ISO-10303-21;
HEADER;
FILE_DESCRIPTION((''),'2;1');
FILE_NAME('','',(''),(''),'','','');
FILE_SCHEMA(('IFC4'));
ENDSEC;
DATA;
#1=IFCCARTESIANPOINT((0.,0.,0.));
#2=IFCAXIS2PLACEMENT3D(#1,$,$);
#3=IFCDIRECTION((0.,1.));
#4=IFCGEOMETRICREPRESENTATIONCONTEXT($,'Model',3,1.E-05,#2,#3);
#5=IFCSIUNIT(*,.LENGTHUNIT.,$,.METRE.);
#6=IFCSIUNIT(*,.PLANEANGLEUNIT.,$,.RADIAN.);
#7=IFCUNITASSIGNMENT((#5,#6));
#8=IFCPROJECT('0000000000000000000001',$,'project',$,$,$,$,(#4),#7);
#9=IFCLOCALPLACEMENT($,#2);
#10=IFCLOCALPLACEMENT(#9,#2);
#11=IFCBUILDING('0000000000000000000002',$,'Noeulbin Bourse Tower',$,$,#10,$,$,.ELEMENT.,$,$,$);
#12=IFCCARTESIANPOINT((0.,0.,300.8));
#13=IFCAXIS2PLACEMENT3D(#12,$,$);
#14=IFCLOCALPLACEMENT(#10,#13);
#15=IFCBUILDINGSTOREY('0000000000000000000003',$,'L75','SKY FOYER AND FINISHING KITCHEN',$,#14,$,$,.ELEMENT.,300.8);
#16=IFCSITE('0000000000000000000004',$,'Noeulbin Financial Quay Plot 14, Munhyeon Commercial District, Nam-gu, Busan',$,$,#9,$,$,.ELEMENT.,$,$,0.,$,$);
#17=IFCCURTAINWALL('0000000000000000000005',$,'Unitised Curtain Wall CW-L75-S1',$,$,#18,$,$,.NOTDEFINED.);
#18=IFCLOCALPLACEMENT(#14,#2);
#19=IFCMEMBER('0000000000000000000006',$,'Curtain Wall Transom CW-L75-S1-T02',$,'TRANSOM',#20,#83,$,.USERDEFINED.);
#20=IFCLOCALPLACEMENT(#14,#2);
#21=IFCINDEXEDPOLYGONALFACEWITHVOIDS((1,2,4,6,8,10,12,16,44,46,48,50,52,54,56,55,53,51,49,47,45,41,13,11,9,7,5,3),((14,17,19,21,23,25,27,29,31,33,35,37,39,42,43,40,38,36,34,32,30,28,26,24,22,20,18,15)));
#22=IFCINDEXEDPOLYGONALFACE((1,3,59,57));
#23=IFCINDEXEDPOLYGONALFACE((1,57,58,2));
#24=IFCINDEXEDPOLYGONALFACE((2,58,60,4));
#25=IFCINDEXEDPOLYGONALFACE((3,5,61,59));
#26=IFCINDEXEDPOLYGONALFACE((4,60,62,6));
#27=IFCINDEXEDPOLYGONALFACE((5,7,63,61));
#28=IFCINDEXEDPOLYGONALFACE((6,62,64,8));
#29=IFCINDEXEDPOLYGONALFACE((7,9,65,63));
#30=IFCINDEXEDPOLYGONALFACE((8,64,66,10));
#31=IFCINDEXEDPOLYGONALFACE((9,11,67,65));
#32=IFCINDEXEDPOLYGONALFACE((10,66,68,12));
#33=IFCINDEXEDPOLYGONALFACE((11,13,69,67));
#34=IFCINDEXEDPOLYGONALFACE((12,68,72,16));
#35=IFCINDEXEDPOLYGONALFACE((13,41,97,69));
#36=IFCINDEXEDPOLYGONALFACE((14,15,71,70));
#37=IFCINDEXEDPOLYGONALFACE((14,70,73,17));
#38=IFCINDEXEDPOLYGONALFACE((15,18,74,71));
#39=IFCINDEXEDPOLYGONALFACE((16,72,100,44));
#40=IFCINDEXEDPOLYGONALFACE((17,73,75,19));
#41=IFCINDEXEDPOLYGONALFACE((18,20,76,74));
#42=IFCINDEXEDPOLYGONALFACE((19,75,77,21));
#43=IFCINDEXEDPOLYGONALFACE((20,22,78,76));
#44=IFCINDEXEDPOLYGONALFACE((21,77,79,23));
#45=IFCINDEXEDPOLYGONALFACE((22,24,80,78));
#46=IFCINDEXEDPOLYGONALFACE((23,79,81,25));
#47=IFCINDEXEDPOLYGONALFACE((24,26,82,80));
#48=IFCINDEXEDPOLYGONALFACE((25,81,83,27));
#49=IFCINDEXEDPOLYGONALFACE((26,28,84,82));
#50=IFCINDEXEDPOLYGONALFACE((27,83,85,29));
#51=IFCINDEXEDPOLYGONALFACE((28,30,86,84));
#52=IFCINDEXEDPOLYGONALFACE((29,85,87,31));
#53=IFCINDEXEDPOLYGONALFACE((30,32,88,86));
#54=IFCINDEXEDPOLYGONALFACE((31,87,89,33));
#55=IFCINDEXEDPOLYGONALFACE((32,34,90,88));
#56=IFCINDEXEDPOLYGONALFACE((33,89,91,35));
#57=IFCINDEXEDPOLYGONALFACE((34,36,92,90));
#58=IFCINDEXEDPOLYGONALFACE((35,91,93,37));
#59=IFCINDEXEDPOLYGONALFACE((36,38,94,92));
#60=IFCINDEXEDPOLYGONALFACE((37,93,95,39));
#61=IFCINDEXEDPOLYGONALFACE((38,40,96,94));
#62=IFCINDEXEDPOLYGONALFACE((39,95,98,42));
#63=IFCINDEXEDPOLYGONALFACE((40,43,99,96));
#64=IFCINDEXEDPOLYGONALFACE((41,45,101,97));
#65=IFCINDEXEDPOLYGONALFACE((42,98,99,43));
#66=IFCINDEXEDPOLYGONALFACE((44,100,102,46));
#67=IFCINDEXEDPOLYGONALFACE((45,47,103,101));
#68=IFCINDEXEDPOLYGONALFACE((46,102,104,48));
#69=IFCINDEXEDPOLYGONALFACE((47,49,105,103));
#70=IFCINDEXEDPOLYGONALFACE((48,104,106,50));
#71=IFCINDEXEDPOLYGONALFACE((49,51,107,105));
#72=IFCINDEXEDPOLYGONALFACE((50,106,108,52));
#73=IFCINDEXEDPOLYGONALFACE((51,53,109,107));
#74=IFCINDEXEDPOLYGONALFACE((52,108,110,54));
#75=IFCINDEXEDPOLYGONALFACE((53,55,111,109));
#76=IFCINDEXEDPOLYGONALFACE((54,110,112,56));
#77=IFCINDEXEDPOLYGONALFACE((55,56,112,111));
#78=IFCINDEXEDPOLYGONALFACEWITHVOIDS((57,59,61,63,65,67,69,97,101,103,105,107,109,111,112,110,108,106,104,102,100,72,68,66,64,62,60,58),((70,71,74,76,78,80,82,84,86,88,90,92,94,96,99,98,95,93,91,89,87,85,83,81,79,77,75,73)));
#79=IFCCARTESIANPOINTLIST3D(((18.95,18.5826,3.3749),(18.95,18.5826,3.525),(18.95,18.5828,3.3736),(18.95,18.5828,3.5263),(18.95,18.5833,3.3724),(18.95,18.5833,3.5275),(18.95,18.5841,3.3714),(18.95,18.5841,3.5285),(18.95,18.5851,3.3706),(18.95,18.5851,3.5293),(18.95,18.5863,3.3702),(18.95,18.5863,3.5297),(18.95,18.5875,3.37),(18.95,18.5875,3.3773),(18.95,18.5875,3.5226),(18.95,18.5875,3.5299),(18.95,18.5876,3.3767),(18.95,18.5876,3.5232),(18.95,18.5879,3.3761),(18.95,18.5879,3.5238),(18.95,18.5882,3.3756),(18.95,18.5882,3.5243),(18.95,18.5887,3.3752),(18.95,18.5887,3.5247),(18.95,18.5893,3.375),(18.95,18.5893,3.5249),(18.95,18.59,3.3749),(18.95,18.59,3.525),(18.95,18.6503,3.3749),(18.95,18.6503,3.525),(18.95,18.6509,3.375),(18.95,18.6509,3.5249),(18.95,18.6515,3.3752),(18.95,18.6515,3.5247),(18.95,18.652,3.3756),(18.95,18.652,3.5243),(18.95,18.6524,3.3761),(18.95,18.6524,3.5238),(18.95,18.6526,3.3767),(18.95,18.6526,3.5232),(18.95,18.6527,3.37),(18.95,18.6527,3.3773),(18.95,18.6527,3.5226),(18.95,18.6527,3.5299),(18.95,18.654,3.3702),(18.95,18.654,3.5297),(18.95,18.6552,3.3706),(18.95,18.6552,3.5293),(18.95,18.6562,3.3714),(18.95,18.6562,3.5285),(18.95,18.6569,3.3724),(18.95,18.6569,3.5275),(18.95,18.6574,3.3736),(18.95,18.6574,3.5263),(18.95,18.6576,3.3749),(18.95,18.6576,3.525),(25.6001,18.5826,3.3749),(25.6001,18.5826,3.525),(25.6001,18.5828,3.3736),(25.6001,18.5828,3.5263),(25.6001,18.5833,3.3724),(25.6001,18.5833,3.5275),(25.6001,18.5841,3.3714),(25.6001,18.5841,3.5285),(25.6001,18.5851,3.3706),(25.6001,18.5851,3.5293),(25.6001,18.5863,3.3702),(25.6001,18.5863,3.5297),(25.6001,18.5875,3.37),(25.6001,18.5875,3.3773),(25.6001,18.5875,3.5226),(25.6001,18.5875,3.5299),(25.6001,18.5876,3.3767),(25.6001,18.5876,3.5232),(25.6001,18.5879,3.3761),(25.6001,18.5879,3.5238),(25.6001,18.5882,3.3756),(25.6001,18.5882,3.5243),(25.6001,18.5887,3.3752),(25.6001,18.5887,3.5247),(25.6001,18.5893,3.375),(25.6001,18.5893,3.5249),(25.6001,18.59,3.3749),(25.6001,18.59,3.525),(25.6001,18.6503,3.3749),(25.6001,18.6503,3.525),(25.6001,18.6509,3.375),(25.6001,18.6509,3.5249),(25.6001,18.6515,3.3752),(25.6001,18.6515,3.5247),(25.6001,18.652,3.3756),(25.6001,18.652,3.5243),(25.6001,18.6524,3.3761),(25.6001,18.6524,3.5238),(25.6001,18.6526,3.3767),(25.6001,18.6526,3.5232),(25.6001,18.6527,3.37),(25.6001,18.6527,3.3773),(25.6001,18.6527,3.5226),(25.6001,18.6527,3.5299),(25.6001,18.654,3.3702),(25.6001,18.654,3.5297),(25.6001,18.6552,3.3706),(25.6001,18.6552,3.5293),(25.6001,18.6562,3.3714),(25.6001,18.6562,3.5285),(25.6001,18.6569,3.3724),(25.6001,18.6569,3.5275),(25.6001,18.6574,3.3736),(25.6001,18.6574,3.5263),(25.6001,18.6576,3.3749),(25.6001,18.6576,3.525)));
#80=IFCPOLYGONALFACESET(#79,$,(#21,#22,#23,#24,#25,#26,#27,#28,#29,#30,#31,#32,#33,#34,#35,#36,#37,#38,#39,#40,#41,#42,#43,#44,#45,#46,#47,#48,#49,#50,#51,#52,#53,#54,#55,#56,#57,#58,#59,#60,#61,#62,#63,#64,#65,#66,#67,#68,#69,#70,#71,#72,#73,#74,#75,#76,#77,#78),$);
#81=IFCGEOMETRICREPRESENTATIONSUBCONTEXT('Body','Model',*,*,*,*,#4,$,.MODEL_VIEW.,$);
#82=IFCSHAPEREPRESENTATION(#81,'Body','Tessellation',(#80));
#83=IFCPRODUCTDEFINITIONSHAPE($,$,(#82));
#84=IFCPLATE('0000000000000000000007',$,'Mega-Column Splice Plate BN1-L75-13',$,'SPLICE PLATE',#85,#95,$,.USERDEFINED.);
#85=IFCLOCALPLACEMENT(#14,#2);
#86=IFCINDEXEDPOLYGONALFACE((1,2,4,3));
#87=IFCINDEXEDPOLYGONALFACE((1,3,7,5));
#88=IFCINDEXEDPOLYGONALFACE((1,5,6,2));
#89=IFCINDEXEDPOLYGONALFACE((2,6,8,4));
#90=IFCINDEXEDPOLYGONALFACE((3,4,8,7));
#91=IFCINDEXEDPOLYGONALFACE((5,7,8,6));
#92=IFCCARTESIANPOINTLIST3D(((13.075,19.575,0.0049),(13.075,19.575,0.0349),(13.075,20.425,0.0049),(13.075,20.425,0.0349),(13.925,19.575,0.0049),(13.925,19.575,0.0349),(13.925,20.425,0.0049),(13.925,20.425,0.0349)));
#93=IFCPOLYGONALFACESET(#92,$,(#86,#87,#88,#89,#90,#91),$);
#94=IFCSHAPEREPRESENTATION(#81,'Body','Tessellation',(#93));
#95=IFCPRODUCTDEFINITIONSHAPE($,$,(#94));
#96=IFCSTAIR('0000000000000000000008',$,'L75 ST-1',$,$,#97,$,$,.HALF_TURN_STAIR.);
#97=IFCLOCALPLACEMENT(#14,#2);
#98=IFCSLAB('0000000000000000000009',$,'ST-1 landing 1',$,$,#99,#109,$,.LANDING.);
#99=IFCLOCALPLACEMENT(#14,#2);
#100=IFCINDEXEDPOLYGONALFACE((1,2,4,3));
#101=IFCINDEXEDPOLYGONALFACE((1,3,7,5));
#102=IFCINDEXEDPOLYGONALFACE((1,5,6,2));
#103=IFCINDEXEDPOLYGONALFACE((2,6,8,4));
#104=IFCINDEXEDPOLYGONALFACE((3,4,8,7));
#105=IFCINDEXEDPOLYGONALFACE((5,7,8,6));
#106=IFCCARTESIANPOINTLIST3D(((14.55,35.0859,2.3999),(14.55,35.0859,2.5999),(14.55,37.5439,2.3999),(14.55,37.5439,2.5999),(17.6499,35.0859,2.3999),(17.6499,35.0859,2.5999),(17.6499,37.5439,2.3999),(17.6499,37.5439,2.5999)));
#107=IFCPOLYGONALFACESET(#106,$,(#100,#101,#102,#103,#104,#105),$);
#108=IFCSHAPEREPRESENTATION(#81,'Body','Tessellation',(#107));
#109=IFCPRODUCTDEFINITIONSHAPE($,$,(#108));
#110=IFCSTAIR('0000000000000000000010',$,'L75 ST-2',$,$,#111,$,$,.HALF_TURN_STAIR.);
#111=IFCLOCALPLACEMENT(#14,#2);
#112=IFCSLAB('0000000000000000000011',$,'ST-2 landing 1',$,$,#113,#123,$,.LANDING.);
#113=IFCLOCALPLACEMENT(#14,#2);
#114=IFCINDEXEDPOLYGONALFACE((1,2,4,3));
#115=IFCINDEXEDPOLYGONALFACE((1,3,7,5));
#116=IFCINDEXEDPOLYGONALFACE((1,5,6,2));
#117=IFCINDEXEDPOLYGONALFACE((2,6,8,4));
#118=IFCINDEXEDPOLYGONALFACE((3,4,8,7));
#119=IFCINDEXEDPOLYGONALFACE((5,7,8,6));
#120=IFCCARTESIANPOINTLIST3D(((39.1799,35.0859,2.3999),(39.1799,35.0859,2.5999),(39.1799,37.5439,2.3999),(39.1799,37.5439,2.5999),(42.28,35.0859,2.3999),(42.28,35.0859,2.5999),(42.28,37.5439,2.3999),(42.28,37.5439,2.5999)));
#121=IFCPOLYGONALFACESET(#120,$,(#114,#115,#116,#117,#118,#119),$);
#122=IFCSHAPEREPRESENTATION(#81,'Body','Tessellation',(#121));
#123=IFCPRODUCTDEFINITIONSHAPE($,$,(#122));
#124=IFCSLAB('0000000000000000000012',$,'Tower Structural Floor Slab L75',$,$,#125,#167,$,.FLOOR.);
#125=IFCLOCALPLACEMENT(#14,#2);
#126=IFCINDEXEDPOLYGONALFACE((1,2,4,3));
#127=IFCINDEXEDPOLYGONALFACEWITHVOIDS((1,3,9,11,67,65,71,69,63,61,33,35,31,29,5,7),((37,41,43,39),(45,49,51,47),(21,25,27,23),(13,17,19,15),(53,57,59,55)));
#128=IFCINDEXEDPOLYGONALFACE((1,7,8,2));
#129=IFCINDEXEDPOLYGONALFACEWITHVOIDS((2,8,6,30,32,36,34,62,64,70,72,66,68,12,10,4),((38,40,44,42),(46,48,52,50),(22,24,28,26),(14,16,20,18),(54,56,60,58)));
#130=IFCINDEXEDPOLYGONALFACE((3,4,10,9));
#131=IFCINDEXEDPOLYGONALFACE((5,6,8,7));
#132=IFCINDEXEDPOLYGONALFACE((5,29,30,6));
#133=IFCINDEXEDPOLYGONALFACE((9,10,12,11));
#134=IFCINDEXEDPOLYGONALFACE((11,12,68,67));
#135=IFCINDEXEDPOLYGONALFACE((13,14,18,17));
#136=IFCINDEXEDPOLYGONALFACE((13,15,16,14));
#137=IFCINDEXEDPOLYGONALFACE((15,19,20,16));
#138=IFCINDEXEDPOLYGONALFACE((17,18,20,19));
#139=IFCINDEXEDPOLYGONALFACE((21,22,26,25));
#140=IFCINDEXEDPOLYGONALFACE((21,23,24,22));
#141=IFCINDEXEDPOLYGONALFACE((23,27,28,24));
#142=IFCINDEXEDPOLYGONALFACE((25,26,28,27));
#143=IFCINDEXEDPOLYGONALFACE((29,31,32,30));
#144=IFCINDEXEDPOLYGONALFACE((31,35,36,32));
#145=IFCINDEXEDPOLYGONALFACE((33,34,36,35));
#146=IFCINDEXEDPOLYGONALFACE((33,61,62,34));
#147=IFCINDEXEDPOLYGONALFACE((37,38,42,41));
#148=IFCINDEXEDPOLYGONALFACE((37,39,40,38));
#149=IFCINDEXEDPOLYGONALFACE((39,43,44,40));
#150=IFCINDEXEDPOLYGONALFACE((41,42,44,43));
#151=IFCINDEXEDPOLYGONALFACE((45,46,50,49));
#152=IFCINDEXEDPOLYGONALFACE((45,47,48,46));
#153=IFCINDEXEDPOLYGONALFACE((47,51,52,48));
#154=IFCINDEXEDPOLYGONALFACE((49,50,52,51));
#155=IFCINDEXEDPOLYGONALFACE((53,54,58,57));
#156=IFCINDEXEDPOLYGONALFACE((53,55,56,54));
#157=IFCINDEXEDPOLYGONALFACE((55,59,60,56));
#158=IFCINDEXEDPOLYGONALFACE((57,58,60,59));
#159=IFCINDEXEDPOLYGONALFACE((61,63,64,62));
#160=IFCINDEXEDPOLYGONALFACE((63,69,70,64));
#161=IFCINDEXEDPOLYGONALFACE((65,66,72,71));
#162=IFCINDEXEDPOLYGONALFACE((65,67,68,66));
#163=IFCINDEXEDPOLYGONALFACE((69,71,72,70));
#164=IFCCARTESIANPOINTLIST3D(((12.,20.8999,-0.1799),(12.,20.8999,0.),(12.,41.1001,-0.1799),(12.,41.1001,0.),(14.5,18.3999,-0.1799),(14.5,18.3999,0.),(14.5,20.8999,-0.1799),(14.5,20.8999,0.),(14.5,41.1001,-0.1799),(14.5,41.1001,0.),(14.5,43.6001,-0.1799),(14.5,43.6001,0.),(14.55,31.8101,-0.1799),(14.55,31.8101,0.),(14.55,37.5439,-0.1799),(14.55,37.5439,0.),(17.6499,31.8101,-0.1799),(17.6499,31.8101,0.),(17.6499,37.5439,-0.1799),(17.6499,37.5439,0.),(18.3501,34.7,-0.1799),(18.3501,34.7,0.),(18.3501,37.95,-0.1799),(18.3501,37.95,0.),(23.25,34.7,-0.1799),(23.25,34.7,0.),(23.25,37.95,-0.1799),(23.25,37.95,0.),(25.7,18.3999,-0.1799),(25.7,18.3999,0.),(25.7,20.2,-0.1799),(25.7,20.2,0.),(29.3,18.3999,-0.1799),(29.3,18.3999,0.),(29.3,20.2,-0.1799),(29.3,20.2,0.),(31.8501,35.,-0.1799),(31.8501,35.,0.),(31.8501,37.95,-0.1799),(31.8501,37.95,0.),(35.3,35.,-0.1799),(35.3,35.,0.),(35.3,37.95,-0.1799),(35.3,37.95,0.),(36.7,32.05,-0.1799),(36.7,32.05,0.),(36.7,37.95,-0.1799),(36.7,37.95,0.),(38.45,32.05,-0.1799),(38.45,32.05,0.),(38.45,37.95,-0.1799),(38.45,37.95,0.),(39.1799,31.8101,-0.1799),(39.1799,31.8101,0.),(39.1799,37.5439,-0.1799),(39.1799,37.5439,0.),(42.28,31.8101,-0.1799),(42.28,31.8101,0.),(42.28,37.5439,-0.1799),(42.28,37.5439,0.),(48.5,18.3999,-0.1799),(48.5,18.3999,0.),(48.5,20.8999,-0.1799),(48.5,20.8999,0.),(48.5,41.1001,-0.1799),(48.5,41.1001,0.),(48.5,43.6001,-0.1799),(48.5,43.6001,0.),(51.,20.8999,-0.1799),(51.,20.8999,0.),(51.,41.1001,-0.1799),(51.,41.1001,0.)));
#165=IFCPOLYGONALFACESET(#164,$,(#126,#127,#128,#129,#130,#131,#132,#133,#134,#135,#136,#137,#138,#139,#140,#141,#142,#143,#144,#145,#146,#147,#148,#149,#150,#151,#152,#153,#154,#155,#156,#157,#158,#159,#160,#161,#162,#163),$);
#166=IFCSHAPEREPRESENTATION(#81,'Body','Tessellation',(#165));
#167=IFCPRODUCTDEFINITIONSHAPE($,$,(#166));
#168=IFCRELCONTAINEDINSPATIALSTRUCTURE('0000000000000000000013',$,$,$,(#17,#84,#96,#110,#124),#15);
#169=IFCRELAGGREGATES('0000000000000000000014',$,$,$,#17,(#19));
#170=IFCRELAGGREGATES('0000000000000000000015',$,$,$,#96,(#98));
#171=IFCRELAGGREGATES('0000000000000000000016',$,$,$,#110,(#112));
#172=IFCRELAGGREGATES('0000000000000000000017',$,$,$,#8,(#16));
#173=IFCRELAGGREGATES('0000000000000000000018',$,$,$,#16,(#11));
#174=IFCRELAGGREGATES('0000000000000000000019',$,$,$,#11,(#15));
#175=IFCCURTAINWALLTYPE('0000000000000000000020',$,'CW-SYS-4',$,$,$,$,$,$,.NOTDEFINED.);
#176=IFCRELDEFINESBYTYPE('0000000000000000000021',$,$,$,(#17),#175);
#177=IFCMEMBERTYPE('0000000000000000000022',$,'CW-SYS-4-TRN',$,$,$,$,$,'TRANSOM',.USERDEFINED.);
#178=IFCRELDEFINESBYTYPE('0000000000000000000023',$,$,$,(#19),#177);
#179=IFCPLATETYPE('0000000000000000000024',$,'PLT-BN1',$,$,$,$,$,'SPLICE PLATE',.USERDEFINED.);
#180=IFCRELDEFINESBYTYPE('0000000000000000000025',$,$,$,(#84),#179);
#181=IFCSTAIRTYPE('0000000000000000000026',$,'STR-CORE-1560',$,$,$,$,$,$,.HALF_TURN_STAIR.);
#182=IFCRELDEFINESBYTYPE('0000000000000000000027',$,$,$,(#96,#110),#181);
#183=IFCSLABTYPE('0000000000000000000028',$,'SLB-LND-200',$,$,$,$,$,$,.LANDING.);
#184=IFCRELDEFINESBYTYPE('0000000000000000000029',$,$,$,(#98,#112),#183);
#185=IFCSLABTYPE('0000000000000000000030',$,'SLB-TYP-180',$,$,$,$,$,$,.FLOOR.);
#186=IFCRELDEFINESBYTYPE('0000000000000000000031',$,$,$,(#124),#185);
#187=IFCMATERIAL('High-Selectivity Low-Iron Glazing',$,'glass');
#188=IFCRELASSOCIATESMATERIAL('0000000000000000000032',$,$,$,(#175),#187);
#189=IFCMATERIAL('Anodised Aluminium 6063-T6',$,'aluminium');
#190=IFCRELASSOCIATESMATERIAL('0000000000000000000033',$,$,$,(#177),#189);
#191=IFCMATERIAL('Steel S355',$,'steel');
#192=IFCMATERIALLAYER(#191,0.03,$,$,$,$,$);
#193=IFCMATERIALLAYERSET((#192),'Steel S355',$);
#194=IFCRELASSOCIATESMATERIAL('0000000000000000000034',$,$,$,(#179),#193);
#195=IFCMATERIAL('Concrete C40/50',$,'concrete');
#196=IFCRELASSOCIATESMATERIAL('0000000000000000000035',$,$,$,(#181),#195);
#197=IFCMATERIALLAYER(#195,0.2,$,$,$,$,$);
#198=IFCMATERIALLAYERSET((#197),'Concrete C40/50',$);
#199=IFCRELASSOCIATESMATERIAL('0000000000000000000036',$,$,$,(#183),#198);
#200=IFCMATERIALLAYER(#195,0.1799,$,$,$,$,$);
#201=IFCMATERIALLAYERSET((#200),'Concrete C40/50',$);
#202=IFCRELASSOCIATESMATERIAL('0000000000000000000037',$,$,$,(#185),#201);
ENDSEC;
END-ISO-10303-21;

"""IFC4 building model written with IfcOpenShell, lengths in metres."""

from ifc_helpers import new_model, si_unit, direction, frame, origin, origin_2d, place, context, subcontext, project, spatial, polyline, rectangle, hollow_rectangle, outline, extrude, material, layer, layer_set, material_profile, profile_set, type_object, element, aggregate, save


model = new_model("IFC4")

# Units and contexts
model_context = context("Model", 3, precision=1e-05, world=origin(), true_north=direction((0.0, 1.0)))
body_context = subcontext(model_context, "Body", "Model", "MODEL_VIEW")
ifc_project = project(units=[si_unit("LENGTHUNIT", "METRE"), si_unit("PLANEANGLEUNIT", "RADIAN")], contexts=[model_context])

# Site, building, storey
site_placement = place(None, origin())
site = spatial("IfcSite", under=ifc_project, at=site_placement, Name="Noeulbin Financial Quay Plot 14, Munhyeon Commercial District, Nam-gu, Busan", CompositionType="ELEMENT", RefElevation=0.0)
building_placement = place(site_placement, origin())
building = spatial("IfcBuilding", under=site, at=building_placement, Name="Noeulbin Bourse Tower", CompositionType="ELEMENT")
storey_placement = place(building_placement, frame((0.0, 0.0, 300.8)))
storey = spatial("IfcBuildingStorey", under=building, at=storey_placement, Name="L75", Description="SKY FOYER AND FINISHING KITCHEN", CompositionType="ELEMENT", Elevation=300.8)

# Shared definitions
ifc_material_1 = material(Name="Steel S355", Category="steel")

# Curtain wall, member
ifc_material_2 = material(Name="High-Selectivity Low-Iron Glazing", Category="glass")
curtain_wall_type = type_object("IfcCurtainWallType", Name="CW-SYS-4", PredefinedType="NOTDEFINED", material=ifc_material_2)
curtain_wall_placement = place(storey_placement, origin())
curtain_wall = element("IfcCurtainWall", 1, at=curtain_wall_placement, inside=storey, type_object=curtain_wall_type, Name="Unitised Curtain Wall CW-L75-S1", PredefinedType="NOTDEFINED")
ifc_material_3 = material(Name="Anodised Aluminium 6063-T6", Category="aluminium")
ifc_material_profile_1 = material_profile(ifc_material_3, hollow_rectangle(XDim=0.075, YDim=0.1599, WallThickness=0.0049, InnerFilletRadius=0.0024, OuterFilletRadius=0.0049, at=origin_2d()), Name="ALU-TRAN-75x160x5", Category="LoadBearing")
ifc_profile_set_1 = profile_set([ifc_material_profile_1], Name="Anodised Aluminium 6063-T6")
member_type_1 = type_object("IfcMemberType", Name="CW-SYS-4-TRN", ElementType="TRANSOM", PredefinedType="USERDEFINED", material=ifc_profile_set_1)
member_1_placement = place(storey_placement, frame((18.95, 18.6201, 3.45), z_axis=(1.0, 0.0, 0.0), x_axis=(0.0, 1.0, 0.0)))
member_1 = element("IfcMember", 2, at=member_1_placement, type_object=member_type_1, Name="Curtain Wall Transom CW-L75-S1-T02", ObjectType="TRANSOM", PredefinedType="USERDEFINED", context=body_context, shape_type="SweptSolid", body=[
    extrude(hollow_rectangle(XDim=0.075, YDim=0.1599, WallThickness=0.0049, InnerFilletRadius=0.0024, OuterFilletRadius=0.0049, at=origin_2d()), origin(), (0.0, 0.0, 1.0), 6.6501),
])
aggregate(curtain_wall, [member_1])

# Plate
ifc_layer_1 = layer(ifc_material_1, 0.03)
ifc_layer_set_1 = layer_set([ifc_layer_1], Name="Steel S355")
plate_type = type_object("IfcPlateType", Name="PLT-BN1", ElementType="SPLICE PLATE", PredefinedType="USERDEFINED", material=ifc_layer_set_1)
plate_placement = place(storey_placement, frame((13.5, 20.0, 0.0049), z_axis=(0.0, 0.0, 1.0), x_axis=(1.0, 0.0, 0.0)))
element("IfcPlate", 3, at=plate_placement, inside=storey, type_object=plate_type, Name="Mega-Column Splice Plate BN1-L75-13", ObjectType="SPLICE PLATE", PredefinedType="USERDEFINED", context=body_context, shape_type="SweptSolid", body=[
    extrude(rectangle(XDim=0.8501, YDim=0.8501, at=origin_2d()), origin(), (0.0, 0.0, 1.0), 0.03),
])

# Stairs, slabs
ifc_material_4 = material(Name="Concrete C40/50", Category="concrete")
stair_type = type_object("IfcStairType", Name="STR-CORE-1560", PredefinedType="HALF_TURN_STAIR", material=ifc_material_4)
stair_1_placement = place(storey_placement, origin())
stair_1 = element("IfcStair", 4, at=stair_1_placement, inside=storey, type_object=stair_type, Name="L75 ST-1", PredefinedType="HALF_TURN_STAIR")
ifc_layer_2 = layer(ifc_material_4, 0.2)
ifc_layer_set_2 = layer_set([ifc_layer_2], Name="Concrete C40/50")
slab_type_1 = type_object("IfcSlabType", Name="SLB-LND-200", PredefinedType="LANDING", material=ifc_layer_set_2)
slab_1_placement = place(storey_placement, frame((0.0, 0.0, 2.3999)))
slab_1 = element("IfcSlab", 5, at=slab_1_placement, type_object=slab_type_1, Name="ST-1 landing 1", PredefinedType="LANDING", context=body_context, shape_type="SweptSolid", body=[
    extrude(outline(polyline([(17.6499, 35.0859), (17.6499, 37.5439), (14.55, 37.5439), (14.55, 35.0859), (17.6499, 35.0859)])), origin(), (0.0, 0.0, 1.0), 0.2),
])
aggregate(stair_1, [slab_1])
stair_2_placement = place(storey_placement, origin())
stair_2 = element("IfcStair", 6, at=stair_2_placement, inside=storey, type_object=stair_type, Name="L75 ST-2", PredefinedType="HALF_TURN_STAIR")
slab_2_placement = place(storey_placement, frame((0.0, 0.0, 2.3999)))
slab_2 = element("IfcSlab", 7, at=slab_2_placement, type_object=slab_type_1, Name="ST-2 landing 1", PredefinedType="LANDING", context=body_context, shape_type="SweptSolid", body=[
    extrude(outline(polyline([(42.28, 35.0859), (42.28, 37.5439), (39.1799, 37.5439), (39.1799, 35.0859), (42.28, 35.0859)])), origin(), (0.0, 0.0, 1.0), 0.2),
])
aggregate(stair_2, [slab_2])

# Slab, openings
ifc_layer_3 = layer(ifc_material_4, 0.1799)
ifc_layer_set_3 = layer_set([ifc_layer_3], Name="Concrete C40/50")
slab_type_2 = type_object("IfcSlabType", Name="SLB-TYP-180", PredefinedType="FLOOR", material=ifc_layer_set_3)
slab_3_placement = place(storey_placement, frame((0.0, 0.0, -0.1799)))
slab_3 = element("IfcSlab", 8, at=slab_3_placement, inside=storey, type_object=slab_type_2, Name="Tower Structural Floor Slab L75", PredefinedType="FLOOR", context=body_context, shape_type="SweptSolid", body=[
    extrude(outline(polyline([(14.5, 18.3999), (25.7, 18.3999), (25.7, 20.2), (29.3, 20.2), (29.3, 18.3999), (48.5, 18.3999), (48.5, 20.8999), (51.0, 20.8999), (51.0, 41.1001), (48.5, 41.1001), (48.5, 43.6001), (14.5, 43.6001), (14.5, 41.1001), (12.0, 41.1001), (12.0, 20.8999), (14.5, 20.8999), (14.5, 18.3999)]), holes=[polyline([(17.6499, 31.8101), (17.6499, 37.5439), (14.55, 37.5439), (14.55, 31.8101), (17.6499, 31.8101)]), polyline([(42.28, 31.8101), (42.28, 37.5439), (39.1799, 37.5439), (39.1799, 31.8101), (42.28, 31.8101)]), polyline([(18.3501, 34.7), (23.25, 34.7), (23.25, 37.95), (18.3501, 37.95), (18.3501, 34.7)]), polyline([(36.7, 32.05), (38.45, 32.05), (38.45, 37.95), (36.7, 37.95), (36.7, 32.05)]), polyline([(31.8501, 35.0), (35.3, 35.0), (35.3, 37.95), (31.8501, 37.95), (31.8501, 35.0)])]), origin(), (0.0, 0.0, 1.0), 0.1799),
])
opening_1_placement = place(slab_3_placement, frame((0.0, 0.0, -0.01)))
element("IfcOpeningElement", 9, at=opening_1_placement, cuts=slab_3, PredefinedType="OPENING", context=body_context, shape_type="SweptSolid", body=[
    extrude(outline(polyline([(17.6499, 31.8101), (17.6499, 37.5439), (14.55, 37.5439), (14.55, 31.8101), (17.6499, 31.8101)])), origin(), (0.0, 0.0, 1.0), 0.2),
])
opening_2_placement = place(slab_3_placement, frame((0.0, 0.0, -0.01)))
element("IfcOpeningElement", 10, at=opening_2_placement, cuts=slab_3, PredefinedType="OPENING", context=body_context, shape_type="SweptSolid", body=[
    extrude(outline(polyline([(42.28, 31.8101), (42.28, 37.5439), (39.1799, 37.5439), (39.1799, 31.8101), (42.28, 31.8101)])), origin(), (0.0, 0.0, 1.0), 0.2),
])
opening_3_placement = place(slab_3_placement, frame((0.0, 0.0, -0.01)))
element("IfcOpeningElement", 11, at=opening_3_placement, cuts=slab_3, PredefinedType="OPENING", context=body_context, shape_type="SweptSolid", body=[
    extrude(outline(polyline([(18.3501, 34.7), (23.25, 34.7), (23.25, 37.95), (18.3501, 37.95), (18.3501, 34.7)])), origin(), (0.0, 0.0, 1.0), 0.2),
])
opening_4_placement = place(slab_3_placement, frame((0.0, 0.0, -0.01)))
element("IfcOpeningElement", 12, at=opening_4_placement, cuts=slab_3, PredefinedType="OPENING", context=body_context, shape_type="SweptSolid", body=[
    extrude(outline(polyline([(36.7, 32.05), (38.45, 32.05), (38.45, 37.95), (36.7, 37.95), (36.7, 32.05)])), origin(), (0.0, 0.0, 1.0), 0.2),
])
opening_5_placement = place(slab_3_placement, frame((0.0, 0.0, -0.01)))
element("IfcOpeningElement", 13, at=opening_5_placement, cuts=slab_3, PredefinedType="OPENING", context=body_context, shape_type="SweptSolid", body=[
    extrude(outline(polyline([(31.8501, 35.0), (35.3, 35.0), (35.3, 37.95), (31.8501, 37.95), (31.8501, 35.0)])), origin(), (0.0, 0.0, 1.0), 0.2),
])

save(model, "model.ifc")
